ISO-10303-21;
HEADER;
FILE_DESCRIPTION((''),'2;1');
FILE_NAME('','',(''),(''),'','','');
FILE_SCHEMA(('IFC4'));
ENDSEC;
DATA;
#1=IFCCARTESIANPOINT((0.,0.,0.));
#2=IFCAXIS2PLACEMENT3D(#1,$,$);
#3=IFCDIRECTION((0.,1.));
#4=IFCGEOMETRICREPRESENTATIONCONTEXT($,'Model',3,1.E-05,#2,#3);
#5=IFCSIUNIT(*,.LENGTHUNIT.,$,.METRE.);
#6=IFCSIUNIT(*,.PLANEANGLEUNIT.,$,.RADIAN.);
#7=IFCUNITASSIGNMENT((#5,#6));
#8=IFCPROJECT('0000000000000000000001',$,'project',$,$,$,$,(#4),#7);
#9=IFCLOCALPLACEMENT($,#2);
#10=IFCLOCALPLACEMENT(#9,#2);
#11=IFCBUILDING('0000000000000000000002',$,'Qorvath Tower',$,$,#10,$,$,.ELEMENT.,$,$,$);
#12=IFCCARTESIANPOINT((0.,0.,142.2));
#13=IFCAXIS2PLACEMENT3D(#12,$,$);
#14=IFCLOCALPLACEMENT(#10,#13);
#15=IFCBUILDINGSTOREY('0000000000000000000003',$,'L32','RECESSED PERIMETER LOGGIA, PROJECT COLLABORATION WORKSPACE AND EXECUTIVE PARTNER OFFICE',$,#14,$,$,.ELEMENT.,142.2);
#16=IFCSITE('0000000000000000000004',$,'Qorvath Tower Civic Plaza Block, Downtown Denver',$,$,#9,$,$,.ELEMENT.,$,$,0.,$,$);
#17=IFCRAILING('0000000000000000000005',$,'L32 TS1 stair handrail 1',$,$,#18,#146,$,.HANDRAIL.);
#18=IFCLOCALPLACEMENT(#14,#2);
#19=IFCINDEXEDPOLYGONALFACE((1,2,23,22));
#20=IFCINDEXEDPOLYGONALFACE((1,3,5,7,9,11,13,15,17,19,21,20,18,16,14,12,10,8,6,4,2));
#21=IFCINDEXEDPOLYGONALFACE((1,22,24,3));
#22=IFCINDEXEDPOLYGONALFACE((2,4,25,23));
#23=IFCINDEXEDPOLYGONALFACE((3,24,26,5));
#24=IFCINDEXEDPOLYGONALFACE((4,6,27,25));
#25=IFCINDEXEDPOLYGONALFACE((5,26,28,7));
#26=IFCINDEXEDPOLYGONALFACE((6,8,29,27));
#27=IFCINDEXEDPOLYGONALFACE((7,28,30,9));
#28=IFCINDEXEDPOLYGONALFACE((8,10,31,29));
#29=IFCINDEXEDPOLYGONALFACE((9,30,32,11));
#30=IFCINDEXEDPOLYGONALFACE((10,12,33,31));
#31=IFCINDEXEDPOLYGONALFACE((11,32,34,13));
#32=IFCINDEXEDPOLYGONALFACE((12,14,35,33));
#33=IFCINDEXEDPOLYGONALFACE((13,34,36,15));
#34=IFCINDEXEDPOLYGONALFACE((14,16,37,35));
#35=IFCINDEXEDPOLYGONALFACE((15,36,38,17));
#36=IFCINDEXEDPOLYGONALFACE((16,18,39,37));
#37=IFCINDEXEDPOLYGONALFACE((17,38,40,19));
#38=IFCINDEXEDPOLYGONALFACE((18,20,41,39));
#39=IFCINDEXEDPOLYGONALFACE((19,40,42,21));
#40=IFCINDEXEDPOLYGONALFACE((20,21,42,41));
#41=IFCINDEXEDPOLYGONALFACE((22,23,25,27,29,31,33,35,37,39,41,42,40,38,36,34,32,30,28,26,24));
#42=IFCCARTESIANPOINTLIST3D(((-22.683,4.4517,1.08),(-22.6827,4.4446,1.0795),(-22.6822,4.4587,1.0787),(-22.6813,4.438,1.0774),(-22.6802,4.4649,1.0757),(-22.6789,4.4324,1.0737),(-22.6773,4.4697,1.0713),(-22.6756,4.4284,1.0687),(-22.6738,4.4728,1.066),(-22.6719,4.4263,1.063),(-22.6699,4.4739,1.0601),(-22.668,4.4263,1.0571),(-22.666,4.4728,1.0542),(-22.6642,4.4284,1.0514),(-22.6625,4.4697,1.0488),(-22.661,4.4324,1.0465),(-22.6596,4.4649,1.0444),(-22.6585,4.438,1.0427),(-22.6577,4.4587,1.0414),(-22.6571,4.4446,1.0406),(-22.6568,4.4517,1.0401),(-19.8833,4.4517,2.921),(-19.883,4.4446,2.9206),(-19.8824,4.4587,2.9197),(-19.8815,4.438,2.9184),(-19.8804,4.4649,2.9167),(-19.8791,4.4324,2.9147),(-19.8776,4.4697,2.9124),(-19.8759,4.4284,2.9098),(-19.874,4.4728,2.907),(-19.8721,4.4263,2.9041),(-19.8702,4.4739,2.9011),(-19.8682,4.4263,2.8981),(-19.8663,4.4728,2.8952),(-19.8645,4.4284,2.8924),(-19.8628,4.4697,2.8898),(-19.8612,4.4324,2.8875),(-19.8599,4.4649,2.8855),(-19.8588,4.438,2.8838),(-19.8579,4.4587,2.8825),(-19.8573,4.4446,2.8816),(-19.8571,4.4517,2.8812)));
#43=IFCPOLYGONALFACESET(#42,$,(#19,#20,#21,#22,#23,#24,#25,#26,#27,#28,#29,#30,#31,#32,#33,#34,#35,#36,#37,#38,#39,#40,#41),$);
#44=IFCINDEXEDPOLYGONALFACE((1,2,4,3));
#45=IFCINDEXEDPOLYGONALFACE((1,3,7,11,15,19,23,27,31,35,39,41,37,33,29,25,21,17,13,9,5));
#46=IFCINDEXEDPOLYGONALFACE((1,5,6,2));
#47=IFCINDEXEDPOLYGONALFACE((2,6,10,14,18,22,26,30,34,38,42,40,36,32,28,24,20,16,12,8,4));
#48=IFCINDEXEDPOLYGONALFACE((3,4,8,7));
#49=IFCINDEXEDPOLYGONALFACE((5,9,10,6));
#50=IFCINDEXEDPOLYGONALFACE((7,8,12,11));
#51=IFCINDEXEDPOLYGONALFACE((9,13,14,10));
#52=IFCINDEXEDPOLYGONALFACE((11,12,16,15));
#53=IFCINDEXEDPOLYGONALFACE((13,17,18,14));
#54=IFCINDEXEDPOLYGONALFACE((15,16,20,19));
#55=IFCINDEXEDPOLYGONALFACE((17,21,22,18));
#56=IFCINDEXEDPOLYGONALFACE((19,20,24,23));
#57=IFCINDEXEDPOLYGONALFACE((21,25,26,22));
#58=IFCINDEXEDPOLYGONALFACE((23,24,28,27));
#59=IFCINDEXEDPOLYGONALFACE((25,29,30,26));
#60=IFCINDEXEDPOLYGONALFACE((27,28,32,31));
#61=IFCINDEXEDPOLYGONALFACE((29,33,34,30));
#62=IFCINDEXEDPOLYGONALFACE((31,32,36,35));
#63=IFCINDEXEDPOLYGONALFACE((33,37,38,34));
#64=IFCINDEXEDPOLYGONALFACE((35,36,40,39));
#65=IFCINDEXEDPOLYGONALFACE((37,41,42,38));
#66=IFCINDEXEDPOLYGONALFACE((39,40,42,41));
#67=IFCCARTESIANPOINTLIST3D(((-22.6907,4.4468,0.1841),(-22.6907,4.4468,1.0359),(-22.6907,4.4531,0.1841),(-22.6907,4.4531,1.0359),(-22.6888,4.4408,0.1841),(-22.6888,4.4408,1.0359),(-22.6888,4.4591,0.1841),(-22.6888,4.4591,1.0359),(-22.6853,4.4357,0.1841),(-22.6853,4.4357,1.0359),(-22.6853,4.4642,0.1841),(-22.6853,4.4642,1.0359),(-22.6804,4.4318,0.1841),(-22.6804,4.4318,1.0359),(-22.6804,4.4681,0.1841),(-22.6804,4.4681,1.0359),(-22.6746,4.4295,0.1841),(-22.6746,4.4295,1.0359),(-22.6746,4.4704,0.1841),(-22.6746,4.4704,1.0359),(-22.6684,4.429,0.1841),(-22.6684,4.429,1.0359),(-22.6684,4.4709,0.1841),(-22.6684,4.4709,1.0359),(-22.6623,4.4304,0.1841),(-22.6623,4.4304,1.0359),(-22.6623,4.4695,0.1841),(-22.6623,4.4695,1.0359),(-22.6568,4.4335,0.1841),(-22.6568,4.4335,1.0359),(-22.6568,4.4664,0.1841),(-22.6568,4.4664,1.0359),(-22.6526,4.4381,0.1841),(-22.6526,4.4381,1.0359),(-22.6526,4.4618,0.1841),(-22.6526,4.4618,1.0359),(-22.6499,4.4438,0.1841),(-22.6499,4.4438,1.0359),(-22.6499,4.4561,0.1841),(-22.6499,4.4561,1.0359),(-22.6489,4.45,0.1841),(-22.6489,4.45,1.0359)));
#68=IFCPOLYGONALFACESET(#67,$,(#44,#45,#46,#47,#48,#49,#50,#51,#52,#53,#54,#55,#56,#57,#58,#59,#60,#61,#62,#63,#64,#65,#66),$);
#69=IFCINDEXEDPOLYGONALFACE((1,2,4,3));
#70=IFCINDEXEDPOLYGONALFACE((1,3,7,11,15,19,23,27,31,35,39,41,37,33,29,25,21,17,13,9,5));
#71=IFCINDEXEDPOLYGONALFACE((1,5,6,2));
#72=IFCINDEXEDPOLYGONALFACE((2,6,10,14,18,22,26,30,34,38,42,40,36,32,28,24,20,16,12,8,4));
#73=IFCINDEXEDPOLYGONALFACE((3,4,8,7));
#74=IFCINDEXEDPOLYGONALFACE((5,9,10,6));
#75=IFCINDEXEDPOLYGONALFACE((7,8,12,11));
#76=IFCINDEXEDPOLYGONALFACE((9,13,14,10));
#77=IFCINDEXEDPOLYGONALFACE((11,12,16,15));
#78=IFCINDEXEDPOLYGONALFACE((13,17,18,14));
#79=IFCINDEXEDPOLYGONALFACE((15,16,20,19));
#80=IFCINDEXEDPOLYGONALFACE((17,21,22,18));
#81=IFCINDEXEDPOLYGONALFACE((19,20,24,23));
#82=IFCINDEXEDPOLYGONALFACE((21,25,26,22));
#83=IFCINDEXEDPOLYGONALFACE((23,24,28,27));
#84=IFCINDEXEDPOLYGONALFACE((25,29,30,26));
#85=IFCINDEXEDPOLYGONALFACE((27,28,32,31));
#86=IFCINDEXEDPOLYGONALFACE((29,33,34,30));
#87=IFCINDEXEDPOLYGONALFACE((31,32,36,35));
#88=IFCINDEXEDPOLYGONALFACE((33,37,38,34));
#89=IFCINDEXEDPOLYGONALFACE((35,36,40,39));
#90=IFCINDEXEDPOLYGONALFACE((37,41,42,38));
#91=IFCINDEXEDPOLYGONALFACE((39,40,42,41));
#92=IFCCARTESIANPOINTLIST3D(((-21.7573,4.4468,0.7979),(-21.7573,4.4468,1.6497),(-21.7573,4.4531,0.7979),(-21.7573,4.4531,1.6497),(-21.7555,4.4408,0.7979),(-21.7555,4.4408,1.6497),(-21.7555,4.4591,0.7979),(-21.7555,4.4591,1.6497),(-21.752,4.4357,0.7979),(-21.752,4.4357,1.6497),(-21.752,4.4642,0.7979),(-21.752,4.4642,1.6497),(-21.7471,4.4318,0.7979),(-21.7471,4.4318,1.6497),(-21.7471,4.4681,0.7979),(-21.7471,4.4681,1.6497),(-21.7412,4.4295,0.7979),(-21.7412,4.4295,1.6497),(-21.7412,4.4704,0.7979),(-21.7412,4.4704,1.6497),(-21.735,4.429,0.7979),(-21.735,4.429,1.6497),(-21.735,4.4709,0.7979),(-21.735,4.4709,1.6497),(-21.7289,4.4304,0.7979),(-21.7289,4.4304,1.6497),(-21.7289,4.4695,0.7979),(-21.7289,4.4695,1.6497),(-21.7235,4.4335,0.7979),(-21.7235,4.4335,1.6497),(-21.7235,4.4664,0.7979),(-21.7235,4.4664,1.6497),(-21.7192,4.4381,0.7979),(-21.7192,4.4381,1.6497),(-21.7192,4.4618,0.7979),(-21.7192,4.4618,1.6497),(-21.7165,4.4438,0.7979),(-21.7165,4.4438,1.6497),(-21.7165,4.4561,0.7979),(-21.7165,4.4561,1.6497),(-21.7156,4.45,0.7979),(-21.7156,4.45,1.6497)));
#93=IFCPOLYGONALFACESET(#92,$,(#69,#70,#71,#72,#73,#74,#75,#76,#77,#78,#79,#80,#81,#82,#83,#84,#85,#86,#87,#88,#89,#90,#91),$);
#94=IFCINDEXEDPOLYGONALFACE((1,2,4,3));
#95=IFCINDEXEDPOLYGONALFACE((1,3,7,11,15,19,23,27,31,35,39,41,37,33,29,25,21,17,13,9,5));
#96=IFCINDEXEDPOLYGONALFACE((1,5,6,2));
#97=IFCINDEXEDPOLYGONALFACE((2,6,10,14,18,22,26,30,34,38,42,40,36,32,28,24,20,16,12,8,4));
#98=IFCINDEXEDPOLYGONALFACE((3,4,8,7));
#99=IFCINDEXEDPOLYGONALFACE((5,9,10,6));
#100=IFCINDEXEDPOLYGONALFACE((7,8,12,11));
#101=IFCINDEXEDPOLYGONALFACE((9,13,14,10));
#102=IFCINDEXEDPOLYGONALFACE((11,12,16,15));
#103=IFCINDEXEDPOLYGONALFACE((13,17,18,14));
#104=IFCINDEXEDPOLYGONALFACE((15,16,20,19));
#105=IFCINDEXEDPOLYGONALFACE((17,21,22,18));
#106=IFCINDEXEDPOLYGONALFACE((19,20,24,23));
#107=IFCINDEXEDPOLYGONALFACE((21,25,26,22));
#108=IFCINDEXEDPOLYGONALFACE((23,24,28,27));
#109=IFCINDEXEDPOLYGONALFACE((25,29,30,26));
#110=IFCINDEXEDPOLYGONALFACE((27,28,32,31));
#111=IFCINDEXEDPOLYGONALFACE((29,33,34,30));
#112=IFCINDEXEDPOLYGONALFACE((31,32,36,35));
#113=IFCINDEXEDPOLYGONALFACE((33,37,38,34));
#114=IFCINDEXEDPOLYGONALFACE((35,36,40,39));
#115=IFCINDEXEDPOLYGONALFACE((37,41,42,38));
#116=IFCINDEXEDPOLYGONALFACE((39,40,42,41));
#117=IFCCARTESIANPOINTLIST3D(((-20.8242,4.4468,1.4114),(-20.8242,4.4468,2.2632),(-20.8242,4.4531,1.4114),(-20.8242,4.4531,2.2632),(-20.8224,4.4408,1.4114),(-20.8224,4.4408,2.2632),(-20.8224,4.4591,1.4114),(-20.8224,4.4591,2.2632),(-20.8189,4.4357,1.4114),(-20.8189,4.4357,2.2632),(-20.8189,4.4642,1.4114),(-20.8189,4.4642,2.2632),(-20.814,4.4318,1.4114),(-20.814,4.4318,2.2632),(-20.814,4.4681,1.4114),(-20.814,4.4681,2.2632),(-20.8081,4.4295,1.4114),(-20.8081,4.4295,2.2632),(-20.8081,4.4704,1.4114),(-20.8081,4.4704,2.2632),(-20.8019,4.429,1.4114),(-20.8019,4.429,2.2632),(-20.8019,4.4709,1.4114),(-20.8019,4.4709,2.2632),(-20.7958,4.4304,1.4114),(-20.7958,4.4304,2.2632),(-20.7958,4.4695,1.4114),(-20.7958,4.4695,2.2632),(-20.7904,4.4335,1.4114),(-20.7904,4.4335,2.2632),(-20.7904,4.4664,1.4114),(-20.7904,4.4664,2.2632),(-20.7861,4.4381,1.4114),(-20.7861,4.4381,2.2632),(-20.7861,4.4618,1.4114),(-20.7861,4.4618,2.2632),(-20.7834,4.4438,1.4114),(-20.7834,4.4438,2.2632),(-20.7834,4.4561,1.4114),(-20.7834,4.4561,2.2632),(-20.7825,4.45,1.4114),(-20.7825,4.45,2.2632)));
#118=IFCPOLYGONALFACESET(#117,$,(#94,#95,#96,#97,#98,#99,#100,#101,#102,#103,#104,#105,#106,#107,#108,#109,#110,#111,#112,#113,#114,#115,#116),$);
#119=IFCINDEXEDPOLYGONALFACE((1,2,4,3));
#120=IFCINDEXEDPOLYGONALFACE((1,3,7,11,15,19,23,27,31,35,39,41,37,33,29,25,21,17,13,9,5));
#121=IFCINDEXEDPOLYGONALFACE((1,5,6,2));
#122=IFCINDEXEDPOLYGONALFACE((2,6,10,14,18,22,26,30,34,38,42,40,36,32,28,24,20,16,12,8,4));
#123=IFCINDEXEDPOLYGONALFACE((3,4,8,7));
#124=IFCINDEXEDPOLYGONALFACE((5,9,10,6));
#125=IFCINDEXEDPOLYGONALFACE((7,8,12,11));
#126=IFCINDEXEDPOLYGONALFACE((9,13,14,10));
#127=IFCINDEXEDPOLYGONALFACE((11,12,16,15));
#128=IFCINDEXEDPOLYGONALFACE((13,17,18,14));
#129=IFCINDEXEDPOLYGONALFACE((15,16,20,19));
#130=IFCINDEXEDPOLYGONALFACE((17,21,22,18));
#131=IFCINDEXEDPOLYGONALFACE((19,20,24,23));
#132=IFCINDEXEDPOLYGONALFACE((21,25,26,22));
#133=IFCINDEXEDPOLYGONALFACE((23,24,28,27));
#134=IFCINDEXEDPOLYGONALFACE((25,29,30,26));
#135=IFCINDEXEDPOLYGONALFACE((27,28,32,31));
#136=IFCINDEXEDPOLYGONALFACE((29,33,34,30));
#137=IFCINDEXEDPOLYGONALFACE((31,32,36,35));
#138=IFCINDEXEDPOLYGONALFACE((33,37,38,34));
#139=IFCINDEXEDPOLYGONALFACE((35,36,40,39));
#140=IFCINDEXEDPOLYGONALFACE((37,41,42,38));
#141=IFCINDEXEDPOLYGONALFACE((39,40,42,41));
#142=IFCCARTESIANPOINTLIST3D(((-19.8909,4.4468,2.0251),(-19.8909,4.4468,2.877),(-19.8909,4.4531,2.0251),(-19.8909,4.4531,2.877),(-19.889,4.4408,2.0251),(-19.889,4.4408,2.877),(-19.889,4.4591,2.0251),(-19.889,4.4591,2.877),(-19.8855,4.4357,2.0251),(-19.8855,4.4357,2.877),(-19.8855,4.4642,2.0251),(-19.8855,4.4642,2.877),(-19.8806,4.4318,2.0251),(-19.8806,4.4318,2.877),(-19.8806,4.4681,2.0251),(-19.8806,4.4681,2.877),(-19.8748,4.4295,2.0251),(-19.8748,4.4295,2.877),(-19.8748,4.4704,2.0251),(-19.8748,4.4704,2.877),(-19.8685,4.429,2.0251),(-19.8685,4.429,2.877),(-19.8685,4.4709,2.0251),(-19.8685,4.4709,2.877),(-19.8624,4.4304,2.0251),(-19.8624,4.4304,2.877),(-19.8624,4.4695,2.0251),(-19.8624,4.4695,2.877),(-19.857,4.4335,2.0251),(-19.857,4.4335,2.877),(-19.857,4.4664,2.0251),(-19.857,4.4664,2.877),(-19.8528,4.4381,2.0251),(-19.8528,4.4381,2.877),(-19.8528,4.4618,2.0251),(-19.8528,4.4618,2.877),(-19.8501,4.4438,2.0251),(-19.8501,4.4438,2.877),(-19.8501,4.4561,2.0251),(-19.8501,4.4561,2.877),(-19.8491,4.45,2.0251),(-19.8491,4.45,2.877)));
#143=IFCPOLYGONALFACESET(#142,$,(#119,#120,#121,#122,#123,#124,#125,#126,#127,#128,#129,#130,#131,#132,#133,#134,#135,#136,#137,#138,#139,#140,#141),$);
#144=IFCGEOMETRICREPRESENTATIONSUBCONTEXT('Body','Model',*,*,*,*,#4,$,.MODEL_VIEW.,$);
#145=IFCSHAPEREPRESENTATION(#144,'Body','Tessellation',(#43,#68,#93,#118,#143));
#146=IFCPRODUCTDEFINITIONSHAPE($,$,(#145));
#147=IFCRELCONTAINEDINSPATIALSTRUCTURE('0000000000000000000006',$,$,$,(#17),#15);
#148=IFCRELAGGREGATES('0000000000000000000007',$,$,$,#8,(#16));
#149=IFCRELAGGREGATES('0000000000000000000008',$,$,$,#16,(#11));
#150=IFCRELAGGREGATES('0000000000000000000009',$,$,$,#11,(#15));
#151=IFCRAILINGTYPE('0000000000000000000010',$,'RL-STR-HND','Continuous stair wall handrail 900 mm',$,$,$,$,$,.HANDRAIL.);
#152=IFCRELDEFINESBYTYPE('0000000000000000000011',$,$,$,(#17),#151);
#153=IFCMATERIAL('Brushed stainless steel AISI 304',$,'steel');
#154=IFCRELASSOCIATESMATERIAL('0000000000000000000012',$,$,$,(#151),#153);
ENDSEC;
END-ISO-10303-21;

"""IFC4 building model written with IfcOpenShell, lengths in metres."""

from ifc_helpers import new_model, si_unit, direction, frame, origin, origin_2d, place, context, subcontext, project, spatial, circle, extrude, material, type_object, element, save


model = new_model("IFC4")

# Units and contexts
model_context = context("Model", 3, precision=1e-05, world=origin(), true_north=direction((0.0, 1.0)))
body_context = subcontext(model_context, "Body", "Model", "MODEL_VIEW")
ifc_project = project(units=[si_unit("LENGTHUNIT", "METRE"), si_unit("PLANEANGLEUNIT", "RADIAN")], contexts=[model_context])

# Site, building, storey
site_placement = place(None, origin())
site = spatial("IfcSite", under=ifc_project, at=site_placement, Name="Qorvath Tower Civic Plaza Block, Downtown Denver", CompositionType="ELEMENT", RefElevation=0.0)
building_placement = place(site_placement, origin())
building = spatial("IfcBuilding", under=site, at=building_placement, Name="Qorvath Tower", CompositionType="ELEMENT")
storey_placement = place(building_placement, frame((0.0, 0.0, 142.2)))
storey = spatial("IfcBuildingStorey", under=building, at=storey_placement, Name="L32", Description="RECESSED PERIMETER LOGGIA, PROJECT COLLABORATION WORKSPACE AND EXECUTIVE PARTNER OFFICE", CompositionType="ELEMENT", Elevation=142.2)

# Railing
ifc_material_1 = material(Name="Brushed stainless steel AISI 304", Category="steel")
railing_type_1 = type_object("IfcRailingType", Name="RL-STR-HND", Description="Continuous stair wall handrail 900 mm", PredefinedType="HANDRAIL", material=ifc_material_1)
railing_1_placement = place(storey_placement, frame((-22.6699, 4.45, 0.1841)))
element("IfcRailing", 1, at=railing_1_placement, inside=storey, type_object=railing_type_1, Name="L32 TS1 stair handrail 1", PredefinedType="HANDRAIL", context=body_context, shape_type="SweptSolid", body=[
    extrude(circle(Radius=0.0239, at=origin_2d()), frame((0.0, 0.0, 0.876), z_axis=(0.835542, 0.0, 0.549426), x_axis=(0.0, 1.0, 0.0)), (0.0, 0.0, 1.0), 3.3508),
    extrude(circle(Radius=0.021, at=origin_2d()), origin(), (0.0, 0.0, 1.0), 0.8518),
    extrude(circle(Radius=0.021, at=origin_2d()), frame((0.9333, 0.0, 0.6138)), (0.0, 0.0, 1.0), 0.8518),
    extrude(circle(Radius=0.021, at=origin_2d()), frame((1.8665, 0.0, 1.2273)), (0.0, 0.0, 1.0), 0.8518),
    extrude(circle(Radius=0.021, at=origin_2d()), frame((2.7998, 0.0, 1.8411)), (0.0, 0.0, 1.0), 0.8518),
])

save(model, "model.ifc")
